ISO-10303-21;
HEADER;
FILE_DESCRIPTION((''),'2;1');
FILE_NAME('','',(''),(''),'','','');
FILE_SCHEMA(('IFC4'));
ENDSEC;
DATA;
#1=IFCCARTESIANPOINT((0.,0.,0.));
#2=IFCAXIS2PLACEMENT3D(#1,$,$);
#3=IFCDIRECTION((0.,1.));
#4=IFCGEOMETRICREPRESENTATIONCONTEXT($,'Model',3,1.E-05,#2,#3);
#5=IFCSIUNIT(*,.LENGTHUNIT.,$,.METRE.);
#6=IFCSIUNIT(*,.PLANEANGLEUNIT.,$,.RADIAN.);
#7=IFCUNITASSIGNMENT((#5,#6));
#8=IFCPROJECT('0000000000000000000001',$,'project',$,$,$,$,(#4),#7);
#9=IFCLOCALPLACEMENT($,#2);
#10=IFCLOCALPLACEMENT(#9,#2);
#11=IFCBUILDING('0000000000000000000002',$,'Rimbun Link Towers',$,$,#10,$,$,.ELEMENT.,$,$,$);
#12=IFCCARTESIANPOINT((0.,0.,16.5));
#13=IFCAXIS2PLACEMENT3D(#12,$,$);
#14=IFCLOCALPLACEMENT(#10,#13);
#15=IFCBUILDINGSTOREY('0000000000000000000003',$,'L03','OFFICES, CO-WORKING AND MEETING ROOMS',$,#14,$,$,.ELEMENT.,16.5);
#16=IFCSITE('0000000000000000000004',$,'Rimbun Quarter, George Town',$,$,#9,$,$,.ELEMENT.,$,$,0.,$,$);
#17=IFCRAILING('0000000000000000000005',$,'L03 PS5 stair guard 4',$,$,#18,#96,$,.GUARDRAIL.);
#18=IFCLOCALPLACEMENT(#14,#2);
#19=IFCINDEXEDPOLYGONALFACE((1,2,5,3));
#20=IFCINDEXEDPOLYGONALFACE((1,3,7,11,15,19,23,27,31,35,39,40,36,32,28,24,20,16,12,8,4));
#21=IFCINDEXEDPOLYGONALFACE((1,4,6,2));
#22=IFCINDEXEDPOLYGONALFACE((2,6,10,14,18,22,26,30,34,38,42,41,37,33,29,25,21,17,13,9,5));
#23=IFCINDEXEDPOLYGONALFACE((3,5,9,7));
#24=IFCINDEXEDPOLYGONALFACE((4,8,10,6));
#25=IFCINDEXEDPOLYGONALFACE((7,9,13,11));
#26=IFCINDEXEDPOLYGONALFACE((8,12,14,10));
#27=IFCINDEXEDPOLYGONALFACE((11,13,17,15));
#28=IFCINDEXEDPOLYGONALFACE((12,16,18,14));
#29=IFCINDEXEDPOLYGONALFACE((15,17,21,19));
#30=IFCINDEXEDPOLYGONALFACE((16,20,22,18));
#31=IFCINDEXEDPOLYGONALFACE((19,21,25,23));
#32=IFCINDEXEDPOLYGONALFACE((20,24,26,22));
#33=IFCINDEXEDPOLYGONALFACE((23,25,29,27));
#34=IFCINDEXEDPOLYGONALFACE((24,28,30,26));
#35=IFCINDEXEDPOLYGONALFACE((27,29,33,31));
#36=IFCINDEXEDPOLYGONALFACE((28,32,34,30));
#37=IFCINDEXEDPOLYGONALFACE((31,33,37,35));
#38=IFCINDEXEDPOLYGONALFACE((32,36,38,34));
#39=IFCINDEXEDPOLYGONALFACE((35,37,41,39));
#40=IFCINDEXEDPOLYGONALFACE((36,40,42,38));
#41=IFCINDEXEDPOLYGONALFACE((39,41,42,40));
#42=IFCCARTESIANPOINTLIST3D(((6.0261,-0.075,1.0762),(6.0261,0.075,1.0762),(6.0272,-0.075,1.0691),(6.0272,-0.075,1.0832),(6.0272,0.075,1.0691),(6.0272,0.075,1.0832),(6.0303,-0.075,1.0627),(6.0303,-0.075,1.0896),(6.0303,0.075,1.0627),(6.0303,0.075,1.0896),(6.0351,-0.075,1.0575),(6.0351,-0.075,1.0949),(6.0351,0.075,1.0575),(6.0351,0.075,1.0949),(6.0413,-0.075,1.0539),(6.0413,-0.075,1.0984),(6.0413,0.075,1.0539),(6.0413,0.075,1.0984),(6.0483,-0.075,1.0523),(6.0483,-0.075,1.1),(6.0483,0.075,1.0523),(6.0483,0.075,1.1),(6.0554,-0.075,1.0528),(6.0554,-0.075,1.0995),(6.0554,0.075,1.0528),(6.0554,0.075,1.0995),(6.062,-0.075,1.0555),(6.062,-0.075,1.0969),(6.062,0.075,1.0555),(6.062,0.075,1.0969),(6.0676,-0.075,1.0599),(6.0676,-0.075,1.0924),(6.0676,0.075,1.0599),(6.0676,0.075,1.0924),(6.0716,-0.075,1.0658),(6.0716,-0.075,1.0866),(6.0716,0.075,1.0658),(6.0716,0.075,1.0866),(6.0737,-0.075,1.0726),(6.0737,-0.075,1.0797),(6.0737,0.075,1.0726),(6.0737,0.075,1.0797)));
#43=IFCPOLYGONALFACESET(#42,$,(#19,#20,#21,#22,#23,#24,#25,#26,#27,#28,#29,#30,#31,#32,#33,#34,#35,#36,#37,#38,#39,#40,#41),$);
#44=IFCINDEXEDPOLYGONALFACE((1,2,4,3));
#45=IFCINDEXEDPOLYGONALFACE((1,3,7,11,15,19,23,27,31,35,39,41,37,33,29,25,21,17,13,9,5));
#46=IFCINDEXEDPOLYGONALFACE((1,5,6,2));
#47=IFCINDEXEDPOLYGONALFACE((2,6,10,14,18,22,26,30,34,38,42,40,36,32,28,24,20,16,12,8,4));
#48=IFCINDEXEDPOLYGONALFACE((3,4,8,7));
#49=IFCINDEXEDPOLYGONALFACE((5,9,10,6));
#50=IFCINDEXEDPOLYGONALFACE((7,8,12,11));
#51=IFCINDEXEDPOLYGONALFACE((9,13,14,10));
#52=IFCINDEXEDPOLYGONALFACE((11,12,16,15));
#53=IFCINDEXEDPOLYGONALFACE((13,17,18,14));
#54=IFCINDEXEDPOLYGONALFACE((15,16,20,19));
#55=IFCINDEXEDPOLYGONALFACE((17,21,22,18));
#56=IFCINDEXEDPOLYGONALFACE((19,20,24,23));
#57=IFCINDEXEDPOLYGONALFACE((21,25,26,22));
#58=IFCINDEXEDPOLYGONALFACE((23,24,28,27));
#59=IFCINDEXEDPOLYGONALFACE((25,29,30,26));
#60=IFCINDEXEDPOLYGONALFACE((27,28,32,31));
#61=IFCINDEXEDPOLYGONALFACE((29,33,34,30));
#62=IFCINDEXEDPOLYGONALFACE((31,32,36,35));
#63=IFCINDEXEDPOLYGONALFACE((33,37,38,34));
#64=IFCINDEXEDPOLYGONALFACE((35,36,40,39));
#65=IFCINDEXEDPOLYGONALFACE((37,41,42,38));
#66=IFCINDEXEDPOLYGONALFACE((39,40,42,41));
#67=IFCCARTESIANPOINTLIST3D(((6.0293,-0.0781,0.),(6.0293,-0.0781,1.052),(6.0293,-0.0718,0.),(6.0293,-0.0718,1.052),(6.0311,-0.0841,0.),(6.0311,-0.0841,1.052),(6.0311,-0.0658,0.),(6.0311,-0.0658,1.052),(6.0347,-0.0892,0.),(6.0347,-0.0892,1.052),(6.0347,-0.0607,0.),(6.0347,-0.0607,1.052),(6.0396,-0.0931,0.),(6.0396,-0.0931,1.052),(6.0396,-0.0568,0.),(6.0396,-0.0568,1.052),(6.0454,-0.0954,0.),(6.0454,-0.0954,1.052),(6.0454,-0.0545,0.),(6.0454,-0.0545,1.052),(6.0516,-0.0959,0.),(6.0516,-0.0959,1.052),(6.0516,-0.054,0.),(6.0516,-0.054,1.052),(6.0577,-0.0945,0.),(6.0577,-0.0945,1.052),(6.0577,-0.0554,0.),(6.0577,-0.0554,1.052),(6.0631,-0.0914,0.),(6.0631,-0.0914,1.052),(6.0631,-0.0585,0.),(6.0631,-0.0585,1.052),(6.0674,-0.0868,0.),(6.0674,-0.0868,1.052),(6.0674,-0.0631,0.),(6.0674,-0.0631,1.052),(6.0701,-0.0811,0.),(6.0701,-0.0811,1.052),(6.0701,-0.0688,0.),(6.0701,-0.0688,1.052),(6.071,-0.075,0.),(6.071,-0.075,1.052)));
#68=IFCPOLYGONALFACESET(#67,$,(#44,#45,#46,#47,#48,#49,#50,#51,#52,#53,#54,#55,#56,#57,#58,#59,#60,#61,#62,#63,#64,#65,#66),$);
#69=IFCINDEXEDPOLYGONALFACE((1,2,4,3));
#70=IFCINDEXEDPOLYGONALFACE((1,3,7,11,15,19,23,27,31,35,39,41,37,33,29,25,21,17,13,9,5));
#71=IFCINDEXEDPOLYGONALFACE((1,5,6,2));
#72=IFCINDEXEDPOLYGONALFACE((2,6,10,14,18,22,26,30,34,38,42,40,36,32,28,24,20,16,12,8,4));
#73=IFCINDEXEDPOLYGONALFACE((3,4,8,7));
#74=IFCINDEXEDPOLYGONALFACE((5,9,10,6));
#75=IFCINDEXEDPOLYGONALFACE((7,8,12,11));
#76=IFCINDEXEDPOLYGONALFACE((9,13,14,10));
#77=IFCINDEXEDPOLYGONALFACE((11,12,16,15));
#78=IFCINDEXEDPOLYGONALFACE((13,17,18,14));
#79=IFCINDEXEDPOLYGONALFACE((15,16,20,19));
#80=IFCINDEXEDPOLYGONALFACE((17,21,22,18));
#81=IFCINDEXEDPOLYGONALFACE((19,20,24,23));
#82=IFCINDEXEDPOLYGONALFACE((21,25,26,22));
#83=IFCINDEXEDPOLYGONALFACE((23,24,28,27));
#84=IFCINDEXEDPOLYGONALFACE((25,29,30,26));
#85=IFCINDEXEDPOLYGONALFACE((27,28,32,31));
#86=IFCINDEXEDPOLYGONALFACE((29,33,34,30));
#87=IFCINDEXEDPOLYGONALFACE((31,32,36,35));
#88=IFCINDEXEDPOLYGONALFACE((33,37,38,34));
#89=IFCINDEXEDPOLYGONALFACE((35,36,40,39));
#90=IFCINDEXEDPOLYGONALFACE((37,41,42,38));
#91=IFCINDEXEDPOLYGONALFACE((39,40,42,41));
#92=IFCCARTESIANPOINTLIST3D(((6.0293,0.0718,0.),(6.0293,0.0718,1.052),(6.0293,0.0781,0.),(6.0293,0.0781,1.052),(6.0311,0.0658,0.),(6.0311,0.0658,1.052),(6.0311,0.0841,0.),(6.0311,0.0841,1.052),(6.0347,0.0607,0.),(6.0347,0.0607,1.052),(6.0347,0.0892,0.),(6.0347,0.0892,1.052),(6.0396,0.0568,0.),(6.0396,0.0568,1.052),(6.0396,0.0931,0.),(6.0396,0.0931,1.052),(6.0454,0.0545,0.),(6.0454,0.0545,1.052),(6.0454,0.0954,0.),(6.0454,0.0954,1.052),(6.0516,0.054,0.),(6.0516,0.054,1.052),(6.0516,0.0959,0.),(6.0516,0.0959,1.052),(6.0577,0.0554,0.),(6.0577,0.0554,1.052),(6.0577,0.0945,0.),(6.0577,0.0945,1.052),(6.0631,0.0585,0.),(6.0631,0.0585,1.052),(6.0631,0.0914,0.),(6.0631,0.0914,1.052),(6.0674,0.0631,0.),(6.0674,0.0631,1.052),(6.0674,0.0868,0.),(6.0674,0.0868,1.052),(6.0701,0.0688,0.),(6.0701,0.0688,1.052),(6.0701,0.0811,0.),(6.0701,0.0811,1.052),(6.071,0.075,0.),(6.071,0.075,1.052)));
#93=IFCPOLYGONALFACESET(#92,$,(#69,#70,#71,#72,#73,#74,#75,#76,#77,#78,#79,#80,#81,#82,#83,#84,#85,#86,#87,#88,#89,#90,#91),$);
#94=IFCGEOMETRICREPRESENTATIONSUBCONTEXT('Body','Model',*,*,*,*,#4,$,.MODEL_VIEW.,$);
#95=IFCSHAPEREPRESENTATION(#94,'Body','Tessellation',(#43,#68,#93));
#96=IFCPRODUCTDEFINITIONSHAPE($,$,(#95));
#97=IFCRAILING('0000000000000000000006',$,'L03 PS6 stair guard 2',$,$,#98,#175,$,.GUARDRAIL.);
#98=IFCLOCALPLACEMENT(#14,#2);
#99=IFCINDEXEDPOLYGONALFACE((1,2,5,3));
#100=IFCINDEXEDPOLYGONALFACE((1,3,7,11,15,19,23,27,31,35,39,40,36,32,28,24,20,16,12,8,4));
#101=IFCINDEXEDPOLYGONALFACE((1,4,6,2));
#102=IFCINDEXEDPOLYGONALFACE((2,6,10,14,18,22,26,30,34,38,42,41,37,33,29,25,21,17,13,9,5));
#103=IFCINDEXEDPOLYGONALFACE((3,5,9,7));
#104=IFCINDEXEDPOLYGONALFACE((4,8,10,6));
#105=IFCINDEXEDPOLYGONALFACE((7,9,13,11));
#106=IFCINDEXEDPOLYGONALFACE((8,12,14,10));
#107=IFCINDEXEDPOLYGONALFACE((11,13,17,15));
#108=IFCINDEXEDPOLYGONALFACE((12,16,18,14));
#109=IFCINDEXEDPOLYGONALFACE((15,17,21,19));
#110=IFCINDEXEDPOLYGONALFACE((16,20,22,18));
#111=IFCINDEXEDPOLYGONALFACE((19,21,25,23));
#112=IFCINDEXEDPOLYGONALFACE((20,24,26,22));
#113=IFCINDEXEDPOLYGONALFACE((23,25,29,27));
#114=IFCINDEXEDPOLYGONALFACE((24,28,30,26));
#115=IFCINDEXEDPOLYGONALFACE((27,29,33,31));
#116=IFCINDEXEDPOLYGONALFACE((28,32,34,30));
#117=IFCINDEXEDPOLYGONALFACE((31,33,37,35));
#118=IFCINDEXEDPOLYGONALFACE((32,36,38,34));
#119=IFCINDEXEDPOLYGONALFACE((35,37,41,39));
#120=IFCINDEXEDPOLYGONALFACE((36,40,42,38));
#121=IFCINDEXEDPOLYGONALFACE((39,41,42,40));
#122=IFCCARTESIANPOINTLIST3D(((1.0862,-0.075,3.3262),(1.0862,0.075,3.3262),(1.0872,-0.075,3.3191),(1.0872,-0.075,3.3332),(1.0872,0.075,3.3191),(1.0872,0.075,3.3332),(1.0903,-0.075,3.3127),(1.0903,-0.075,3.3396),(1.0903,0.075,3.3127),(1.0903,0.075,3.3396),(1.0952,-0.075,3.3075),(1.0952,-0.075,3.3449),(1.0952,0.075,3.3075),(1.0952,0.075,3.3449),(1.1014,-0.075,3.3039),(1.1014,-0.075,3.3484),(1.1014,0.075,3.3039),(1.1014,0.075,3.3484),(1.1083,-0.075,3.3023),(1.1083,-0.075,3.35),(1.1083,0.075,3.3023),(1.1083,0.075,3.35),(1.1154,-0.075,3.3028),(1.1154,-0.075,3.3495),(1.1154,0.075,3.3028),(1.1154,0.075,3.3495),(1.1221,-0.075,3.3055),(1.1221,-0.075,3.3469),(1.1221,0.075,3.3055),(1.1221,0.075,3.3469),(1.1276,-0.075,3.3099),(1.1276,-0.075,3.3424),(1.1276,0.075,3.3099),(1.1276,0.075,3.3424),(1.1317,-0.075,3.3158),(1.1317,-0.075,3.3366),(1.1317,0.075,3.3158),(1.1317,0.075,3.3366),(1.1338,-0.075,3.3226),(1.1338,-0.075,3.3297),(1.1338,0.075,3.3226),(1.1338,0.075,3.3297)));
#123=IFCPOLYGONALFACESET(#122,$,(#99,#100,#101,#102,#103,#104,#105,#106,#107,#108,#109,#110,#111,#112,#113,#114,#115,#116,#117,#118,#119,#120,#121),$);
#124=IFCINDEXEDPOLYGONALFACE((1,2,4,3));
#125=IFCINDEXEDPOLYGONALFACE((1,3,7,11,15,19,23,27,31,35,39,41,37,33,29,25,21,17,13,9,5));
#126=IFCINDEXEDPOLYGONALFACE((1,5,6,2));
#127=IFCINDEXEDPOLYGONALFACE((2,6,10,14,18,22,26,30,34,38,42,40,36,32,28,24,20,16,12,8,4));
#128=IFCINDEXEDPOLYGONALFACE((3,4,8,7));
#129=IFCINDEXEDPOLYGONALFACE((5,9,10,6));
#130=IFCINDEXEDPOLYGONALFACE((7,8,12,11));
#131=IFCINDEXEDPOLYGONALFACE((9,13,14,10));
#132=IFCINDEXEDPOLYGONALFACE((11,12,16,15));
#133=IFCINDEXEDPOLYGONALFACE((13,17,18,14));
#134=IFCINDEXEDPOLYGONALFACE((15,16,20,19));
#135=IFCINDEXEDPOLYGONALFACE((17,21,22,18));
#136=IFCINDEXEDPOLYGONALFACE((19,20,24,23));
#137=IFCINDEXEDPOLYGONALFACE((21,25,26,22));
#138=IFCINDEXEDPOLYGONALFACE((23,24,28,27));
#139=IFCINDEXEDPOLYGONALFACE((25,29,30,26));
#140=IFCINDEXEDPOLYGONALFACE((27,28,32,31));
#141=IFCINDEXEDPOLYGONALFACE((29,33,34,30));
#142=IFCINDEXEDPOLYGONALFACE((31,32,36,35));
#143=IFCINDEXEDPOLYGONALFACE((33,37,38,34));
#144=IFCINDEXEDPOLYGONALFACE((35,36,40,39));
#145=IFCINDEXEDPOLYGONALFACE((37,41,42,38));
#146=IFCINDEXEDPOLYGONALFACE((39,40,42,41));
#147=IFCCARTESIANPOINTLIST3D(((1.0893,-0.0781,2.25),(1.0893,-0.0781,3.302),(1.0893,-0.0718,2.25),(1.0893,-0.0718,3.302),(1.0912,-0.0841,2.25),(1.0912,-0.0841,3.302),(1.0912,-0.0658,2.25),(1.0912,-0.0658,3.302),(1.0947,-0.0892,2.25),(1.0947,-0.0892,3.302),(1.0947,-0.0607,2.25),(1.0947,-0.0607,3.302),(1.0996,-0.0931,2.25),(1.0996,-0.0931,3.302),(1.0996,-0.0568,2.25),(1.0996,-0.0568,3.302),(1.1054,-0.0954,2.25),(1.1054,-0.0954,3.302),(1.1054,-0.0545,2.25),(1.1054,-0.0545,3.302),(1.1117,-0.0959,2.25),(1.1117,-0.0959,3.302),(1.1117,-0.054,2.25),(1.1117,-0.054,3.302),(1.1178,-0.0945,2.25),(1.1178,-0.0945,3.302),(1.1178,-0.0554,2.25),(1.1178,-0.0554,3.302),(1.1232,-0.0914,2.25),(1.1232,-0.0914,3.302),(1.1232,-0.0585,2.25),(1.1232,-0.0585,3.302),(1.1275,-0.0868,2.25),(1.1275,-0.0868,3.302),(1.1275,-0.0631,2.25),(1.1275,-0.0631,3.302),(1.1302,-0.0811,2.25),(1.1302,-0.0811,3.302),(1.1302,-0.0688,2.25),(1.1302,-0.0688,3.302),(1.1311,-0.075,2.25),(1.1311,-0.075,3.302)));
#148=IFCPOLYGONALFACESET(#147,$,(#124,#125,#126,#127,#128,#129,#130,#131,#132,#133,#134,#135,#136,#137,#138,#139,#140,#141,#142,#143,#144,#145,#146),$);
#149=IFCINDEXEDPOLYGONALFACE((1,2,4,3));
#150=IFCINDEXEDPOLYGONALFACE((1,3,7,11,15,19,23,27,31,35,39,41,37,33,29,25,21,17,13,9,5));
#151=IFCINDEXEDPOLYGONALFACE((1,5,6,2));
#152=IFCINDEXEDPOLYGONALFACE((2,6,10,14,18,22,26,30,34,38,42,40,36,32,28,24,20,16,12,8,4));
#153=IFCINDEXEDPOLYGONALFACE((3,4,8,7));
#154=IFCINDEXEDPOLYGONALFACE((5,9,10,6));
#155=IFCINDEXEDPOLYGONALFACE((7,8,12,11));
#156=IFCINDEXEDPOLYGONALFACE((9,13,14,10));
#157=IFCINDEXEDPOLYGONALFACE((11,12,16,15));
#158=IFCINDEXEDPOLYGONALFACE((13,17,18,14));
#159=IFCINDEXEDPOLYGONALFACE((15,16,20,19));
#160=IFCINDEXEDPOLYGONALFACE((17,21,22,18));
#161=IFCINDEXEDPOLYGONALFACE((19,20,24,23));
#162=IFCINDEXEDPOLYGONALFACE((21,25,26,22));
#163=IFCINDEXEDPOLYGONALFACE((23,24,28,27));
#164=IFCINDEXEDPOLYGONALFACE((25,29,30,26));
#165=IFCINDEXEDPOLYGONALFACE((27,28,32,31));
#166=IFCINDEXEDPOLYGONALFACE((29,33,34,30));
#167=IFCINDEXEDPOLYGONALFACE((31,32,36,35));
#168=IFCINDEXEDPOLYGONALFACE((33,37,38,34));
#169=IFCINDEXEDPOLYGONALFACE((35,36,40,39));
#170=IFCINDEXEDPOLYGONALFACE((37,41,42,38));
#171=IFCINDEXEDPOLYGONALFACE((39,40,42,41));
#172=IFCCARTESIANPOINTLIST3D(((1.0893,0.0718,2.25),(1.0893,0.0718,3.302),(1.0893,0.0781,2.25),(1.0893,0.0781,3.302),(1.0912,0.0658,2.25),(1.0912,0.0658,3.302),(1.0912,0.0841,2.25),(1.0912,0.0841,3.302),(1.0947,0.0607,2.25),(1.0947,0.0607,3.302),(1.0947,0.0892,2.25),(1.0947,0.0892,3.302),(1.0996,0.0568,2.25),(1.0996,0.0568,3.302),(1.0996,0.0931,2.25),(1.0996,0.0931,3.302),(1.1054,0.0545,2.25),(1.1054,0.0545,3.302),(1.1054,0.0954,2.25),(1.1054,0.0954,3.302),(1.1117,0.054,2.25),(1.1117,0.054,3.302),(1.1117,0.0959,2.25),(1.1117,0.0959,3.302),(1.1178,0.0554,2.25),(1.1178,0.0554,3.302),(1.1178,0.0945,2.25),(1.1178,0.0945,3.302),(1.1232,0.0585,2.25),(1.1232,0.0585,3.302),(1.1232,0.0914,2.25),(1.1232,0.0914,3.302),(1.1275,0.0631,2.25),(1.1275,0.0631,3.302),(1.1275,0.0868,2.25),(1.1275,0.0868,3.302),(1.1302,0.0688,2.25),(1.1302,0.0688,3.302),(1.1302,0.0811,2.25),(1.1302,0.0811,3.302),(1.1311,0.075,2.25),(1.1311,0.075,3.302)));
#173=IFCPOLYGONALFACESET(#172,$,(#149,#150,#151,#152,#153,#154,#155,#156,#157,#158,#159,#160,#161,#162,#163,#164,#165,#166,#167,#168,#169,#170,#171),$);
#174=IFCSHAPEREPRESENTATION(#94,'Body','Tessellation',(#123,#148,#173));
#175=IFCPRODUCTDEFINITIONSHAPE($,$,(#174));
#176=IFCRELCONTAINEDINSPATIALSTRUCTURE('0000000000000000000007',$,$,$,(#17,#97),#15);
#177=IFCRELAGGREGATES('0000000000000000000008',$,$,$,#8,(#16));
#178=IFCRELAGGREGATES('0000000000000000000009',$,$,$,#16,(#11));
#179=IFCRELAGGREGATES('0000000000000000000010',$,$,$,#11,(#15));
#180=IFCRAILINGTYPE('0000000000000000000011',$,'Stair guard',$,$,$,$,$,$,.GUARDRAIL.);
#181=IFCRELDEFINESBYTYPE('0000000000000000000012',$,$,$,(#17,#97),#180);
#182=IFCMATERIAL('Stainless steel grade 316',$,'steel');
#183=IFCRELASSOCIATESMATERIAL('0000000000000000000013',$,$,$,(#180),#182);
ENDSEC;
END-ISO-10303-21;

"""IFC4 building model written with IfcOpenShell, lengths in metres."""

from ifc_helpers import new_model, si_unit, direction, frame, origin, origin_2d, place, context, subcontext, project, spatial, circle, extrude, material, type_object, element, save


model = new_model("IFC4")

# Units and contexts
model_context = context("Model", 3, precision=1e-05, world=origin(), true_north=direction((0.0, 1.0)))
body_context = subcontext(model_context, "Body", "Model", "MODEL_VIEW")
ifc_project = project(units=[si_unit("LENGTHUNIT", "METRE"), si_unit("PLANEANGLEUNIT", "RADIAN")], contexts=[model_context])

# Site, building, storey
site_placement = place(None, origin())
site = spatial("IfcSite", under=ifc_project, at=site_placement, Name="Rimbun Quarter, George Town", CompositionType="ELEMENT", RefElevation=0.0)
building_placement = place(site_placement, origin())
building = spatial("IfcBuilding", under=site, at=building_placement, Name="Rimbun Link Towers", CompositionType="ELEMENT")
storey_placement = place(building_placement, frame((0.0, 0.0, 16.5)))
storey = spatial("IfcBuildingStorey", under=building, at=storey_placement, Name="L03", Description="OFFICES, CO-WORKING AND MEETING ROOMS", CompositionType="ELEMENT", Elevation=16.5)

# Railings
ifc_material_1 = material(Name="Stainless steel grade 316", Category="steel")
railing_type_1 = type_object("IfcRailingType", Name="Stair guard", PredefinedType="GUARDRAIL", material=ifc_material_1)
for number, where, name in (
    (1, (6.05, -0.075, 0.0), "L03 PS5 stair guard 4"),
    (2, (1.1101, -0.075, 2.25), "L03 PS6 stair guard 2"),
):
    element("IfcRailing", number, at=place(storey_placement, frame(where)), inside=storey, type_object=railing_type_1, Name=name, PredefinedType="GUARDRAIL", context=body_context, shape_type="SweptSolid", body=[
        extrude(circle(Radius=0.0239, at=origin_2d()), frame((0.0, 0.0, 1.0762), z_axis=(0.0, 1.0, 0.0), x_axis=(-1.0, 0.0, 0.0)), (0.0, 0.0, 1.0), 0.1499),
        extrude(circle(Radius=0.021, at=origin_2d()), origin(), (0.0, 0.0, 1.0), 1.052),
        extrude(circle(Radius=0.021, at=origin_2d()), frame((0.0, 0.1499, 0.0)), (0.0, 0.0, 1.0), 1.052),
    ])

save(model, "model.ifc")
